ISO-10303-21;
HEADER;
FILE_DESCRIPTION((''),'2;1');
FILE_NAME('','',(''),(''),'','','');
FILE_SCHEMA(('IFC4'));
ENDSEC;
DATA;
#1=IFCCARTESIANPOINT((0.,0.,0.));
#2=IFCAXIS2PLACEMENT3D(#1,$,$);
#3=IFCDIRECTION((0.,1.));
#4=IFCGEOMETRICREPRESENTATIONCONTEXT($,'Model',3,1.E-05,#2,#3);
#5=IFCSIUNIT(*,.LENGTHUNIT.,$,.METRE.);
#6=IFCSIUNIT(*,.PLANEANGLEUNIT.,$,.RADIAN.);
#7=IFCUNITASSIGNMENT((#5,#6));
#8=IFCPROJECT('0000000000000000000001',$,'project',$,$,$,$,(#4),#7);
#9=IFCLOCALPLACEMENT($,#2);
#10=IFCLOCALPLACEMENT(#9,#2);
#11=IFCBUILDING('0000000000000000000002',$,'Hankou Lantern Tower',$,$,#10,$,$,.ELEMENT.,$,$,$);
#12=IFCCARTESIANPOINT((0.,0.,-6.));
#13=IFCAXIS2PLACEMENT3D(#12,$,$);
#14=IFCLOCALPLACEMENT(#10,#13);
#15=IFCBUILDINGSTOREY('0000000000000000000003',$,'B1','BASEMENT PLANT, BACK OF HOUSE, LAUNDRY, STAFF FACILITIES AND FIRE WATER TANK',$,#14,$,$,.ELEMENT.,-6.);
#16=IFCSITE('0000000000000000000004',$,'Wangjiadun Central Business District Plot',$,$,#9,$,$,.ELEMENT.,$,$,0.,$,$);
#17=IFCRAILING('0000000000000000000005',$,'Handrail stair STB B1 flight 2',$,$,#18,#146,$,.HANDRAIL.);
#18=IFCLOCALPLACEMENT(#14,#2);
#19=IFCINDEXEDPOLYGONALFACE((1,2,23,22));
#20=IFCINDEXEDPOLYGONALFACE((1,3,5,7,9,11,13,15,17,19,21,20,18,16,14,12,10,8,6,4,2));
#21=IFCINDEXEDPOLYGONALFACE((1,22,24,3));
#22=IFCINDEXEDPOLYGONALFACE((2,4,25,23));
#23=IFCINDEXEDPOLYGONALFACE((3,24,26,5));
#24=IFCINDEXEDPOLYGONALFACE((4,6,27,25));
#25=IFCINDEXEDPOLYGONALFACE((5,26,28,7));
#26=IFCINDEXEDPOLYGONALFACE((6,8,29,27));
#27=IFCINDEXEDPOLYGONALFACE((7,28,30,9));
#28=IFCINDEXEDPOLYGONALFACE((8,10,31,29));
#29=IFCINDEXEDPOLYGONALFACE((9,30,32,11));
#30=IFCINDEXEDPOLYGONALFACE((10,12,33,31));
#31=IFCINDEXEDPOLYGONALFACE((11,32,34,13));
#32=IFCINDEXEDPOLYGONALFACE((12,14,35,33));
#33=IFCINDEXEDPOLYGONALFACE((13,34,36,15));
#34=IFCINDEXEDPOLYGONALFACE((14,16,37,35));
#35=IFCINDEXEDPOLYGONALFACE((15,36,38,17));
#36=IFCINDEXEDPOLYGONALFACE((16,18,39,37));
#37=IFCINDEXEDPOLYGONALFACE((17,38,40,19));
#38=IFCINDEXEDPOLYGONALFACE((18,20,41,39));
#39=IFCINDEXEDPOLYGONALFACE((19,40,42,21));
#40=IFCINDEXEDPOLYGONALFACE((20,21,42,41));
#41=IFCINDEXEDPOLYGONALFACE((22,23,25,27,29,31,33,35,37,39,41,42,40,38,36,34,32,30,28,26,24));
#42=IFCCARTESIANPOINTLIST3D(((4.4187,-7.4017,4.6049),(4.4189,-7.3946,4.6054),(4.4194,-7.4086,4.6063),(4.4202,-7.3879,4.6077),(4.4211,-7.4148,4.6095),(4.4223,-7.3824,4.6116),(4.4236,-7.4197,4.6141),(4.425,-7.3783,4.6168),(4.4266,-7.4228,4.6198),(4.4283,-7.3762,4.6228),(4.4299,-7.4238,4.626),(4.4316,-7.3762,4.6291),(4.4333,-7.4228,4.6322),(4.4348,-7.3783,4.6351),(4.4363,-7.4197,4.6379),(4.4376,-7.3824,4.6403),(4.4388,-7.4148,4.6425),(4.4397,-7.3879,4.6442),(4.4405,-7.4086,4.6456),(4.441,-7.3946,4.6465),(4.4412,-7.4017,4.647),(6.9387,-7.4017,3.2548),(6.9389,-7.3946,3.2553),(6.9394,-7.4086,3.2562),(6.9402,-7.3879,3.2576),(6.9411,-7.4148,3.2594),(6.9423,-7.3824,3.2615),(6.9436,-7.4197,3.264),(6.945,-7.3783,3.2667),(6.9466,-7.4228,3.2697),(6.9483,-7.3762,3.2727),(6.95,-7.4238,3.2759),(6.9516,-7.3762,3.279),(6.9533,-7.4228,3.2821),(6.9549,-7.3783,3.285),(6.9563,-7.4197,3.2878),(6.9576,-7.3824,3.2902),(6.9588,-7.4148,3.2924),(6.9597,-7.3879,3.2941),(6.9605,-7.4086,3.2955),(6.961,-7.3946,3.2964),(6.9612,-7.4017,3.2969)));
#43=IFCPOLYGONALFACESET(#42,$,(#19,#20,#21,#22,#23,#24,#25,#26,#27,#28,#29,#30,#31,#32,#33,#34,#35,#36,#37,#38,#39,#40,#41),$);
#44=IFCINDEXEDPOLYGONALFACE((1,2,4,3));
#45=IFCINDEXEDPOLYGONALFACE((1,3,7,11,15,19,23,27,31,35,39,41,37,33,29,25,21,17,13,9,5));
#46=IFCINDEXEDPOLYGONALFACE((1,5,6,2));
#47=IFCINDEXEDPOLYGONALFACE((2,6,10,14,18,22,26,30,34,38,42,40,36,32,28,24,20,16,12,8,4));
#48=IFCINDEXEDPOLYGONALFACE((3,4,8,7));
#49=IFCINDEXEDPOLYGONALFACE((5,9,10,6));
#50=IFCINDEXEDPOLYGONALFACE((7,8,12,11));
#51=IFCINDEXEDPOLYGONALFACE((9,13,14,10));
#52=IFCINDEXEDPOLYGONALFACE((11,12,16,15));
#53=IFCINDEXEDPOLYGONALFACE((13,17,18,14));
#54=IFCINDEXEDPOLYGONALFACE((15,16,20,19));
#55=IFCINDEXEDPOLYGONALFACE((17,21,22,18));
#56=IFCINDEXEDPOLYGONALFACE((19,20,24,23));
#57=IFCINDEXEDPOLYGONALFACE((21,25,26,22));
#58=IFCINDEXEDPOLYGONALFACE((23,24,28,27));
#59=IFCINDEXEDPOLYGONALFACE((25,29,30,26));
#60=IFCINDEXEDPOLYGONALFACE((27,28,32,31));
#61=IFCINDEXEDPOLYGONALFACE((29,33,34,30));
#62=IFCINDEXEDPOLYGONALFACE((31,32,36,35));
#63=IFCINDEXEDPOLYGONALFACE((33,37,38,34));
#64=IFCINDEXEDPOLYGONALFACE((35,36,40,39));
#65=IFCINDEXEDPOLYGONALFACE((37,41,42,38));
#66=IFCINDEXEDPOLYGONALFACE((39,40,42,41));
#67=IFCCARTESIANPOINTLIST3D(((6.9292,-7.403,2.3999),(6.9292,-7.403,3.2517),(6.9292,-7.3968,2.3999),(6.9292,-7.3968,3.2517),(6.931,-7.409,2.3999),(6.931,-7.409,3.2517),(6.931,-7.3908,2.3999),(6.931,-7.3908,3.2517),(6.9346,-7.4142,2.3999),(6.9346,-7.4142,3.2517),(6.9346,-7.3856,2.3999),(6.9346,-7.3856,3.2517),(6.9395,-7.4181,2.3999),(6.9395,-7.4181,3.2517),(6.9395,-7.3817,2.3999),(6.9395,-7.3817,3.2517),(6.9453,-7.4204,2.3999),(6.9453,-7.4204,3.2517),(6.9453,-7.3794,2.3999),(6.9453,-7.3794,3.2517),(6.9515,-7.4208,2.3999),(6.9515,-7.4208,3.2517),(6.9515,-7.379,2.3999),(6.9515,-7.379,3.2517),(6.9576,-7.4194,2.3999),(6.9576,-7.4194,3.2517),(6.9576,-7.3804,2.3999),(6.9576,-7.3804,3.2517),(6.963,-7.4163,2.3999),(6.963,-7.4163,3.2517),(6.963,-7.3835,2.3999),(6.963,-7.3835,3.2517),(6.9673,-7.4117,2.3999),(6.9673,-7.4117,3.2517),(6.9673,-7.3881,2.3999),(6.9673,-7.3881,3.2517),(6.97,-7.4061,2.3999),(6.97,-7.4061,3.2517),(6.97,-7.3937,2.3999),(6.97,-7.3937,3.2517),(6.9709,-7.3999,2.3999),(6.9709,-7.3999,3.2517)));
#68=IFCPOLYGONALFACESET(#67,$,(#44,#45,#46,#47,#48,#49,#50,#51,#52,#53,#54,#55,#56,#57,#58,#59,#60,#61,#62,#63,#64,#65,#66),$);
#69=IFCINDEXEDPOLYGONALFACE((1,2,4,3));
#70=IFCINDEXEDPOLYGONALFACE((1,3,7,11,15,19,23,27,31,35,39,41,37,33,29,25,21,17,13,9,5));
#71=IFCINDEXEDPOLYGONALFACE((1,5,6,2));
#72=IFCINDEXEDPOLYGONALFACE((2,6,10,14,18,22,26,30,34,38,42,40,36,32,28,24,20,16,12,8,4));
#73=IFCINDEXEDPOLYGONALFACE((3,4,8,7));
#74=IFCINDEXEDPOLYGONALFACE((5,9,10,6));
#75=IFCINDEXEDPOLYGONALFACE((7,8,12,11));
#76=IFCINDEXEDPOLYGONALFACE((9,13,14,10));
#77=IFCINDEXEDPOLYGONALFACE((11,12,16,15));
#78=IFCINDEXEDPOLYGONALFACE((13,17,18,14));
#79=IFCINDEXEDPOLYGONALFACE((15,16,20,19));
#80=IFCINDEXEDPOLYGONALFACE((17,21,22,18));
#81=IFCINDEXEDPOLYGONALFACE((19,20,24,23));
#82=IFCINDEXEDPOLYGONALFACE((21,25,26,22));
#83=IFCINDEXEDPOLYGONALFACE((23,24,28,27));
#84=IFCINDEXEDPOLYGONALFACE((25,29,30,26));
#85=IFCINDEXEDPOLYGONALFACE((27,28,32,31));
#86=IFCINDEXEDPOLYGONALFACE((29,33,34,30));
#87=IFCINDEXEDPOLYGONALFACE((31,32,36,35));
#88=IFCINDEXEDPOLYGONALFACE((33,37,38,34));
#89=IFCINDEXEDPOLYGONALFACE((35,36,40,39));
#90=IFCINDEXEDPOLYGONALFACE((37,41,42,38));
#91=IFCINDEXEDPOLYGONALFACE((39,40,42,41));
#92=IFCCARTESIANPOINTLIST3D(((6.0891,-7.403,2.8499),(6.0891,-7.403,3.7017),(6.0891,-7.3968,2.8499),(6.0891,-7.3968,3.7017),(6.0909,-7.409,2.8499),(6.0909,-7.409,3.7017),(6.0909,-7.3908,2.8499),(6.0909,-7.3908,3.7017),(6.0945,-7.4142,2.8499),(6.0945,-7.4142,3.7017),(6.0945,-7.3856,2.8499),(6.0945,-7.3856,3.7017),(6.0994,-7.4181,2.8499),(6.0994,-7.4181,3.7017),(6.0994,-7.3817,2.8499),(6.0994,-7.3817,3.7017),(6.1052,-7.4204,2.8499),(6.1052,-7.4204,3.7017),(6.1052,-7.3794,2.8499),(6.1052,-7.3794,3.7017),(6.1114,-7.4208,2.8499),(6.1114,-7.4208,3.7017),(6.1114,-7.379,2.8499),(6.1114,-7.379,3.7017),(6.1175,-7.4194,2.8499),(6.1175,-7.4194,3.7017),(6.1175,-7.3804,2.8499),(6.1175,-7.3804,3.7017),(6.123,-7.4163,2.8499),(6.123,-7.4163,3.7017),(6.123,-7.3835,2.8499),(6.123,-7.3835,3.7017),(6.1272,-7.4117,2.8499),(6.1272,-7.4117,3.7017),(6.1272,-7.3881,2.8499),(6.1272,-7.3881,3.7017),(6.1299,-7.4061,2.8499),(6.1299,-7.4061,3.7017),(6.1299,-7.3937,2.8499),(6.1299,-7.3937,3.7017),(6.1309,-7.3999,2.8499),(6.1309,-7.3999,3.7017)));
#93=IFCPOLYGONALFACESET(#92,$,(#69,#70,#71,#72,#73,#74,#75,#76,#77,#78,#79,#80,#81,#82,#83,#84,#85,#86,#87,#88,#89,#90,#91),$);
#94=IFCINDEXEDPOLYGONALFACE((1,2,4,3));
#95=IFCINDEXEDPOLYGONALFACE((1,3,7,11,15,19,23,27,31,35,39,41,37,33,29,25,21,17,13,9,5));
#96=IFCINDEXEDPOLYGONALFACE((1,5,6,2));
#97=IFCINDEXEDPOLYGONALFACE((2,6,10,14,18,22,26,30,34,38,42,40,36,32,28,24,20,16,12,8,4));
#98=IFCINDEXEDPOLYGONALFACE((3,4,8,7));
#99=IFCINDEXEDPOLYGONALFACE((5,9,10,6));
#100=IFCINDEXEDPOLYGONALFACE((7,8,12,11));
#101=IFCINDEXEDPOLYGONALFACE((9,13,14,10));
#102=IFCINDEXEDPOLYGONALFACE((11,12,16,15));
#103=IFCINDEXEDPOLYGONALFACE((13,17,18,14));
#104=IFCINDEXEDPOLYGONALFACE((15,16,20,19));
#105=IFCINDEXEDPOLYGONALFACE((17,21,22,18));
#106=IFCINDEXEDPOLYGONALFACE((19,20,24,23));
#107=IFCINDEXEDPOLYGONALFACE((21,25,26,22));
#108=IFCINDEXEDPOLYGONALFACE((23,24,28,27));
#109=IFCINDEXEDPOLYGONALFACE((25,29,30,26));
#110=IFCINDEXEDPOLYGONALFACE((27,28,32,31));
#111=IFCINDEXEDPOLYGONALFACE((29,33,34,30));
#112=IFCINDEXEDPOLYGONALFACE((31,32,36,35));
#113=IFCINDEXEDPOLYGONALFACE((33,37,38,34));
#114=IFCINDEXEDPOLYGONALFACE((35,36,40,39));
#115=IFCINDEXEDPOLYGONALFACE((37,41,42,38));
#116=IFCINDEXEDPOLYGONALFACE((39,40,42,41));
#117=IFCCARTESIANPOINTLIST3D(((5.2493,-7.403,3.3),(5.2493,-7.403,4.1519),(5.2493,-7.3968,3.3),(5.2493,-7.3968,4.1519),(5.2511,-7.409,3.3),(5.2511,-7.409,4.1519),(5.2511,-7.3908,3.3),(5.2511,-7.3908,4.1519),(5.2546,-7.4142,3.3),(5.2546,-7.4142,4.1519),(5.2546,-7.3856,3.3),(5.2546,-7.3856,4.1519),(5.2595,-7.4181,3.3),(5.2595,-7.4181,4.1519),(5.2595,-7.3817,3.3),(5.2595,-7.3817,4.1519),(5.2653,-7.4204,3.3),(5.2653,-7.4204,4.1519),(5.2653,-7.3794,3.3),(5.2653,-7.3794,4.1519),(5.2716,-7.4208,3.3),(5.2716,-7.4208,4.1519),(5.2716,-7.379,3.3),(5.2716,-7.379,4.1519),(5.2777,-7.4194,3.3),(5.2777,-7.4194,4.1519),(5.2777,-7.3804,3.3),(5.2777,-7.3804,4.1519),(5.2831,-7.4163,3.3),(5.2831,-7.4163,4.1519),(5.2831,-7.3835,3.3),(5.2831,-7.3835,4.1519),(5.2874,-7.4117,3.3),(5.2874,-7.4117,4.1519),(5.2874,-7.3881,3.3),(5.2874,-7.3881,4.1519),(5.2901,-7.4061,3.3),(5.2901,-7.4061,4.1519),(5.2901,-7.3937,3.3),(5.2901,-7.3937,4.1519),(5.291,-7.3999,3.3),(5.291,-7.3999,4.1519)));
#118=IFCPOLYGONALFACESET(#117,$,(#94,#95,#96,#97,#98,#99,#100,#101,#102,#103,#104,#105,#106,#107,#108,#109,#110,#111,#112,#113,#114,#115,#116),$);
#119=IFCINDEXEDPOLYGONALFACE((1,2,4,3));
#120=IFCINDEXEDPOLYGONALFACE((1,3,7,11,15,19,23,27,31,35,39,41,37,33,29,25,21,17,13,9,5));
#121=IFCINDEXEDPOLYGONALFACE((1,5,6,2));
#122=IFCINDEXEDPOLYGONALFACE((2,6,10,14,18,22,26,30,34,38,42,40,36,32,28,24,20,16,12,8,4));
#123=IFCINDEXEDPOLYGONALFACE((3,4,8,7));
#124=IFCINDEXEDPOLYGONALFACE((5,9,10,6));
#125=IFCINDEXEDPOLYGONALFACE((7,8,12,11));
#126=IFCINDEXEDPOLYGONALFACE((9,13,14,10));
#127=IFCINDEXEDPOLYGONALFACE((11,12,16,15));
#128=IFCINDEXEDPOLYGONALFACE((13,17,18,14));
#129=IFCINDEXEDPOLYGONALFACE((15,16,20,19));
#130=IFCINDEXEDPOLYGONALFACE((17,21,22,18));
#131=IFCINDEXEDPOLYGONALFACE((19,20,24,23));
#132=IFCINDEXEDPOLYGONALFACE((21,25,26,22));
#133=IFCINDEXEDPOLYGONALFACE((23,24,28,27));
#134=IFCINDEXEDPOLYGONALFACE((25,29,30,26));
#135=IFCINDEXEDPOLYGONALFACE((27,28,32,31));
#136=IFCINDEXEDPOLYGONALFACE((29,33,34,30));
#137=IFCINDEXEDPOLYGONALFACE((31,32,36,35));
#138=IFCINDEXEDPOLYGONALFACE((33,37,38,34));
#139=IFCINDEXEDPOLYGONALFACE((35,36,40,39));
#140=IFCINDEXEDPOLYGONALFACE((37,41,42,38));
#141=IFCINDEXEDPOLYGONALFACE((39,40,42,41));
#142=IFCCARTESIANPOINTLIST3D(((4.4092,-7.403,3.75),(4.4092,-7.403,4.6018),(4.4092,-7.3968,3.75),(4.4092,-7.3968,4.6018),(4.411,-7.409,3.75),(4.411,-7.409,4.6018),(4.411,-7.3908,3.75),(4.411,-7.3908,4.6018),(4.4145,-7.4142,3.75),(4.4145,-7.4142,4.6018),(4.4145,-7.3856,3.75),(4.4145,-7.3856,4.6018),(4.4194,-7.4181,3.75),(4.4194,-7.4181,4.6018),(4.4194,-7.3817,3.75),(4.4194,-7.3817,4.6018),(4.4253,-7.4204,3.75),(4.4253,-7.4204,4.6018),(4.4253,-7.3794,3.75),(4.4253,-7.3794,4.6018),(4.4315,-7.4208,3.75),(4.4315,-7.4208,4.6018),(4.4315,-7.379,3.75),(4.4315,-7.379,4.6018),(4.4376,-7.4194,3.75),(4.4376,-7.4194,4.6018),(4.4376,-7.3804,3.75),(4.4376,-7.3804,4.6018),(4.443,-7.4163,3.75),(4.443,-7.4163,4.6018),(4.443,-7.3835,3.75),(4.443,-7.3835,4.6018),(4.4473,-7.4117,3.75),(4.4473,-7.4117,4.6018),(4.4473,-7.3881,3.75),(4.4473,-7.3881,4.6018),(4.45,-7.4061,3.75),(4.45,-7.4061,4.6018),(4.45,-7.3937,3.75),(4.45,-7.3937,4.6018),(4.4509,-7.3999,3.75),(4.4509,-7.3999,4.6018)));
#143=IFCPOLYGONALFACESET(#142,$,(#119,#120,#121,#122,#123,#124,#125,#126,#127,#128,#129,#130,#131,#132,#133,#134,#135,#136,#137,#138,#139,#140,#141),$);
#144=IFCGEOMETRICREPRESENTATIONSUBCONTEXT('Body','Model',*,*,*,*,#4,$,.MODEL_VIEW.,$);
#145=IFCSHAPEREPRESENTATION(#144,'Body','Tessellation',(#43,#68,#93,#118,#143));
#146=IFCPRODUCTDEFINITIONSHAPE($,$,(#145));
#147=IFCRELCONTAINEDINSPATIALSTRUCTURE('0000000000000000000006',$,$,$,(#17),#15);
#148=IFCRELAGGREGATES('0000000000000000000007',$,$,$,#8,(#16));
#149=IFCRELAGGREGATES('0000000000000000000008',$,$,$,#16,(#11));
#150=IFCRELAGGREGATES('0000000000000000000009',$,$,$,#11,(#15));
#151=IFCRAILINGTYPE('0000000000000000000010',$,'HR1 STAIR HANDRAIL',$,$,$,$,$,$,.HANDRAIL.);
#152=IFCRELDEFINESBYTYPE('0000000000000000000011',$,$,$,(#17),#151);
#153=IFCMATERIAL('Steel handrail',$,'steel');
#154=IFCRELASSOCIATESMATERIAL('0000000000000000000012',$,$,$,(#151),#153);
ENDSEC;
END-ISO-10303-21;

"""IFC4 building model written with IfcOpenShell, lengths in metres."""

from ifc_helpers import new_model, si_unit, direction, frame, origin, origin_2d, place, context, subcontext, project, spatial, circle, extrude, material, type_object, element, save


model = new_model("IFC4")

# Units and contexts
model_context = context("Model", 3, precision=1e-05, world=origin(), true_north=direction((0.0, 1.0)))
body_context = subcontext(model_context, "Body", "Model", "MODEL_VIEW")
ifc_project = project(units=[si_unit("LENGTHUNIT", "METRE"), si_unit("PLANEANGLEUNIT", "RADIAN")], contexts=[model_context])

# Site, building, storey
site_placement = place(None, origin())
site = spatial("IfcSite", under=ifc_project, at=site_placement, Name="Wangjiadun Central Business District Plot", CompositionType="ELEMENT", RefElevation=0.0)
building_placement = place(site_placement, origin())
building = spatial("IfcBuilding", under=site, at=building_placement, Name="Hankou Lantern Tower", CompositionType="ELEMENT")
storey_placement = place(building_placement, frame((0.0, 0.0, -6.0)))
storey = spatial("IfcBuildingStorey", under=building, at=storey_placement, Name="B1", Description="BASEMENT PLANT, BACK OF HOUSE, LAUNDRY, STAFF FACILITIES AND FIRE WATER TANK", CompositionType="ELEMENT", Elevation=-6.0)

# Railing
ifc_material_1 = material(Name="Steel handrail", Category="steel")
railing_type = type_object("IfcRailingType", Name="HR1 STAIR HANDRAIL", PredefinedType="HANDRAIL", material=ifc_material_1)
for number, where, name in (
    (1, (6.95, -7.3999, 2.3999), "Handrail stair STB B1 flight 2"),
):
    element("IfcRailing", number, at=place(storey_placement, frame(where)), inside=storey, type_object=railing_type, Name=name, PredefinedType="HANDRAIL", context=body_context, shape_type="SweptSolid", body=[
        extrude(circle(Radius=0.0239, at=origin_2d()), frame((0.0, 0.0, 0.876), z_axis=(-0.881467, 0.0, 0.472245), x_axis=(0.0, -1.0, 0.0)), (0.0, 0.0, 1.0), 2.8589),
        extrude(circle(Radius=0.021, at=origin_2d()), origin(), (0.0, 0.0, 1.0), 0.8518),
        extrude(circle(Radius=0.021, at=origin_2d()), frame((-0.8401, 0.0, 0.45)), (0.0, 0.0, 1.0), 0.8518),
        extrude(circle(Radius=0.021, at=origin_2d()), frame((-1.6799, 0.0, 0.9001)), (0.0, 0.0, 1.0), 0.8518),
        extrude(circle(Radius=0.021, at=origin_2d()), frame((-2.52, 0.0, 1.3501)), (0.0, 0.0, 1.0), 0.8518),
    ])

save(model, "model.ifc")
